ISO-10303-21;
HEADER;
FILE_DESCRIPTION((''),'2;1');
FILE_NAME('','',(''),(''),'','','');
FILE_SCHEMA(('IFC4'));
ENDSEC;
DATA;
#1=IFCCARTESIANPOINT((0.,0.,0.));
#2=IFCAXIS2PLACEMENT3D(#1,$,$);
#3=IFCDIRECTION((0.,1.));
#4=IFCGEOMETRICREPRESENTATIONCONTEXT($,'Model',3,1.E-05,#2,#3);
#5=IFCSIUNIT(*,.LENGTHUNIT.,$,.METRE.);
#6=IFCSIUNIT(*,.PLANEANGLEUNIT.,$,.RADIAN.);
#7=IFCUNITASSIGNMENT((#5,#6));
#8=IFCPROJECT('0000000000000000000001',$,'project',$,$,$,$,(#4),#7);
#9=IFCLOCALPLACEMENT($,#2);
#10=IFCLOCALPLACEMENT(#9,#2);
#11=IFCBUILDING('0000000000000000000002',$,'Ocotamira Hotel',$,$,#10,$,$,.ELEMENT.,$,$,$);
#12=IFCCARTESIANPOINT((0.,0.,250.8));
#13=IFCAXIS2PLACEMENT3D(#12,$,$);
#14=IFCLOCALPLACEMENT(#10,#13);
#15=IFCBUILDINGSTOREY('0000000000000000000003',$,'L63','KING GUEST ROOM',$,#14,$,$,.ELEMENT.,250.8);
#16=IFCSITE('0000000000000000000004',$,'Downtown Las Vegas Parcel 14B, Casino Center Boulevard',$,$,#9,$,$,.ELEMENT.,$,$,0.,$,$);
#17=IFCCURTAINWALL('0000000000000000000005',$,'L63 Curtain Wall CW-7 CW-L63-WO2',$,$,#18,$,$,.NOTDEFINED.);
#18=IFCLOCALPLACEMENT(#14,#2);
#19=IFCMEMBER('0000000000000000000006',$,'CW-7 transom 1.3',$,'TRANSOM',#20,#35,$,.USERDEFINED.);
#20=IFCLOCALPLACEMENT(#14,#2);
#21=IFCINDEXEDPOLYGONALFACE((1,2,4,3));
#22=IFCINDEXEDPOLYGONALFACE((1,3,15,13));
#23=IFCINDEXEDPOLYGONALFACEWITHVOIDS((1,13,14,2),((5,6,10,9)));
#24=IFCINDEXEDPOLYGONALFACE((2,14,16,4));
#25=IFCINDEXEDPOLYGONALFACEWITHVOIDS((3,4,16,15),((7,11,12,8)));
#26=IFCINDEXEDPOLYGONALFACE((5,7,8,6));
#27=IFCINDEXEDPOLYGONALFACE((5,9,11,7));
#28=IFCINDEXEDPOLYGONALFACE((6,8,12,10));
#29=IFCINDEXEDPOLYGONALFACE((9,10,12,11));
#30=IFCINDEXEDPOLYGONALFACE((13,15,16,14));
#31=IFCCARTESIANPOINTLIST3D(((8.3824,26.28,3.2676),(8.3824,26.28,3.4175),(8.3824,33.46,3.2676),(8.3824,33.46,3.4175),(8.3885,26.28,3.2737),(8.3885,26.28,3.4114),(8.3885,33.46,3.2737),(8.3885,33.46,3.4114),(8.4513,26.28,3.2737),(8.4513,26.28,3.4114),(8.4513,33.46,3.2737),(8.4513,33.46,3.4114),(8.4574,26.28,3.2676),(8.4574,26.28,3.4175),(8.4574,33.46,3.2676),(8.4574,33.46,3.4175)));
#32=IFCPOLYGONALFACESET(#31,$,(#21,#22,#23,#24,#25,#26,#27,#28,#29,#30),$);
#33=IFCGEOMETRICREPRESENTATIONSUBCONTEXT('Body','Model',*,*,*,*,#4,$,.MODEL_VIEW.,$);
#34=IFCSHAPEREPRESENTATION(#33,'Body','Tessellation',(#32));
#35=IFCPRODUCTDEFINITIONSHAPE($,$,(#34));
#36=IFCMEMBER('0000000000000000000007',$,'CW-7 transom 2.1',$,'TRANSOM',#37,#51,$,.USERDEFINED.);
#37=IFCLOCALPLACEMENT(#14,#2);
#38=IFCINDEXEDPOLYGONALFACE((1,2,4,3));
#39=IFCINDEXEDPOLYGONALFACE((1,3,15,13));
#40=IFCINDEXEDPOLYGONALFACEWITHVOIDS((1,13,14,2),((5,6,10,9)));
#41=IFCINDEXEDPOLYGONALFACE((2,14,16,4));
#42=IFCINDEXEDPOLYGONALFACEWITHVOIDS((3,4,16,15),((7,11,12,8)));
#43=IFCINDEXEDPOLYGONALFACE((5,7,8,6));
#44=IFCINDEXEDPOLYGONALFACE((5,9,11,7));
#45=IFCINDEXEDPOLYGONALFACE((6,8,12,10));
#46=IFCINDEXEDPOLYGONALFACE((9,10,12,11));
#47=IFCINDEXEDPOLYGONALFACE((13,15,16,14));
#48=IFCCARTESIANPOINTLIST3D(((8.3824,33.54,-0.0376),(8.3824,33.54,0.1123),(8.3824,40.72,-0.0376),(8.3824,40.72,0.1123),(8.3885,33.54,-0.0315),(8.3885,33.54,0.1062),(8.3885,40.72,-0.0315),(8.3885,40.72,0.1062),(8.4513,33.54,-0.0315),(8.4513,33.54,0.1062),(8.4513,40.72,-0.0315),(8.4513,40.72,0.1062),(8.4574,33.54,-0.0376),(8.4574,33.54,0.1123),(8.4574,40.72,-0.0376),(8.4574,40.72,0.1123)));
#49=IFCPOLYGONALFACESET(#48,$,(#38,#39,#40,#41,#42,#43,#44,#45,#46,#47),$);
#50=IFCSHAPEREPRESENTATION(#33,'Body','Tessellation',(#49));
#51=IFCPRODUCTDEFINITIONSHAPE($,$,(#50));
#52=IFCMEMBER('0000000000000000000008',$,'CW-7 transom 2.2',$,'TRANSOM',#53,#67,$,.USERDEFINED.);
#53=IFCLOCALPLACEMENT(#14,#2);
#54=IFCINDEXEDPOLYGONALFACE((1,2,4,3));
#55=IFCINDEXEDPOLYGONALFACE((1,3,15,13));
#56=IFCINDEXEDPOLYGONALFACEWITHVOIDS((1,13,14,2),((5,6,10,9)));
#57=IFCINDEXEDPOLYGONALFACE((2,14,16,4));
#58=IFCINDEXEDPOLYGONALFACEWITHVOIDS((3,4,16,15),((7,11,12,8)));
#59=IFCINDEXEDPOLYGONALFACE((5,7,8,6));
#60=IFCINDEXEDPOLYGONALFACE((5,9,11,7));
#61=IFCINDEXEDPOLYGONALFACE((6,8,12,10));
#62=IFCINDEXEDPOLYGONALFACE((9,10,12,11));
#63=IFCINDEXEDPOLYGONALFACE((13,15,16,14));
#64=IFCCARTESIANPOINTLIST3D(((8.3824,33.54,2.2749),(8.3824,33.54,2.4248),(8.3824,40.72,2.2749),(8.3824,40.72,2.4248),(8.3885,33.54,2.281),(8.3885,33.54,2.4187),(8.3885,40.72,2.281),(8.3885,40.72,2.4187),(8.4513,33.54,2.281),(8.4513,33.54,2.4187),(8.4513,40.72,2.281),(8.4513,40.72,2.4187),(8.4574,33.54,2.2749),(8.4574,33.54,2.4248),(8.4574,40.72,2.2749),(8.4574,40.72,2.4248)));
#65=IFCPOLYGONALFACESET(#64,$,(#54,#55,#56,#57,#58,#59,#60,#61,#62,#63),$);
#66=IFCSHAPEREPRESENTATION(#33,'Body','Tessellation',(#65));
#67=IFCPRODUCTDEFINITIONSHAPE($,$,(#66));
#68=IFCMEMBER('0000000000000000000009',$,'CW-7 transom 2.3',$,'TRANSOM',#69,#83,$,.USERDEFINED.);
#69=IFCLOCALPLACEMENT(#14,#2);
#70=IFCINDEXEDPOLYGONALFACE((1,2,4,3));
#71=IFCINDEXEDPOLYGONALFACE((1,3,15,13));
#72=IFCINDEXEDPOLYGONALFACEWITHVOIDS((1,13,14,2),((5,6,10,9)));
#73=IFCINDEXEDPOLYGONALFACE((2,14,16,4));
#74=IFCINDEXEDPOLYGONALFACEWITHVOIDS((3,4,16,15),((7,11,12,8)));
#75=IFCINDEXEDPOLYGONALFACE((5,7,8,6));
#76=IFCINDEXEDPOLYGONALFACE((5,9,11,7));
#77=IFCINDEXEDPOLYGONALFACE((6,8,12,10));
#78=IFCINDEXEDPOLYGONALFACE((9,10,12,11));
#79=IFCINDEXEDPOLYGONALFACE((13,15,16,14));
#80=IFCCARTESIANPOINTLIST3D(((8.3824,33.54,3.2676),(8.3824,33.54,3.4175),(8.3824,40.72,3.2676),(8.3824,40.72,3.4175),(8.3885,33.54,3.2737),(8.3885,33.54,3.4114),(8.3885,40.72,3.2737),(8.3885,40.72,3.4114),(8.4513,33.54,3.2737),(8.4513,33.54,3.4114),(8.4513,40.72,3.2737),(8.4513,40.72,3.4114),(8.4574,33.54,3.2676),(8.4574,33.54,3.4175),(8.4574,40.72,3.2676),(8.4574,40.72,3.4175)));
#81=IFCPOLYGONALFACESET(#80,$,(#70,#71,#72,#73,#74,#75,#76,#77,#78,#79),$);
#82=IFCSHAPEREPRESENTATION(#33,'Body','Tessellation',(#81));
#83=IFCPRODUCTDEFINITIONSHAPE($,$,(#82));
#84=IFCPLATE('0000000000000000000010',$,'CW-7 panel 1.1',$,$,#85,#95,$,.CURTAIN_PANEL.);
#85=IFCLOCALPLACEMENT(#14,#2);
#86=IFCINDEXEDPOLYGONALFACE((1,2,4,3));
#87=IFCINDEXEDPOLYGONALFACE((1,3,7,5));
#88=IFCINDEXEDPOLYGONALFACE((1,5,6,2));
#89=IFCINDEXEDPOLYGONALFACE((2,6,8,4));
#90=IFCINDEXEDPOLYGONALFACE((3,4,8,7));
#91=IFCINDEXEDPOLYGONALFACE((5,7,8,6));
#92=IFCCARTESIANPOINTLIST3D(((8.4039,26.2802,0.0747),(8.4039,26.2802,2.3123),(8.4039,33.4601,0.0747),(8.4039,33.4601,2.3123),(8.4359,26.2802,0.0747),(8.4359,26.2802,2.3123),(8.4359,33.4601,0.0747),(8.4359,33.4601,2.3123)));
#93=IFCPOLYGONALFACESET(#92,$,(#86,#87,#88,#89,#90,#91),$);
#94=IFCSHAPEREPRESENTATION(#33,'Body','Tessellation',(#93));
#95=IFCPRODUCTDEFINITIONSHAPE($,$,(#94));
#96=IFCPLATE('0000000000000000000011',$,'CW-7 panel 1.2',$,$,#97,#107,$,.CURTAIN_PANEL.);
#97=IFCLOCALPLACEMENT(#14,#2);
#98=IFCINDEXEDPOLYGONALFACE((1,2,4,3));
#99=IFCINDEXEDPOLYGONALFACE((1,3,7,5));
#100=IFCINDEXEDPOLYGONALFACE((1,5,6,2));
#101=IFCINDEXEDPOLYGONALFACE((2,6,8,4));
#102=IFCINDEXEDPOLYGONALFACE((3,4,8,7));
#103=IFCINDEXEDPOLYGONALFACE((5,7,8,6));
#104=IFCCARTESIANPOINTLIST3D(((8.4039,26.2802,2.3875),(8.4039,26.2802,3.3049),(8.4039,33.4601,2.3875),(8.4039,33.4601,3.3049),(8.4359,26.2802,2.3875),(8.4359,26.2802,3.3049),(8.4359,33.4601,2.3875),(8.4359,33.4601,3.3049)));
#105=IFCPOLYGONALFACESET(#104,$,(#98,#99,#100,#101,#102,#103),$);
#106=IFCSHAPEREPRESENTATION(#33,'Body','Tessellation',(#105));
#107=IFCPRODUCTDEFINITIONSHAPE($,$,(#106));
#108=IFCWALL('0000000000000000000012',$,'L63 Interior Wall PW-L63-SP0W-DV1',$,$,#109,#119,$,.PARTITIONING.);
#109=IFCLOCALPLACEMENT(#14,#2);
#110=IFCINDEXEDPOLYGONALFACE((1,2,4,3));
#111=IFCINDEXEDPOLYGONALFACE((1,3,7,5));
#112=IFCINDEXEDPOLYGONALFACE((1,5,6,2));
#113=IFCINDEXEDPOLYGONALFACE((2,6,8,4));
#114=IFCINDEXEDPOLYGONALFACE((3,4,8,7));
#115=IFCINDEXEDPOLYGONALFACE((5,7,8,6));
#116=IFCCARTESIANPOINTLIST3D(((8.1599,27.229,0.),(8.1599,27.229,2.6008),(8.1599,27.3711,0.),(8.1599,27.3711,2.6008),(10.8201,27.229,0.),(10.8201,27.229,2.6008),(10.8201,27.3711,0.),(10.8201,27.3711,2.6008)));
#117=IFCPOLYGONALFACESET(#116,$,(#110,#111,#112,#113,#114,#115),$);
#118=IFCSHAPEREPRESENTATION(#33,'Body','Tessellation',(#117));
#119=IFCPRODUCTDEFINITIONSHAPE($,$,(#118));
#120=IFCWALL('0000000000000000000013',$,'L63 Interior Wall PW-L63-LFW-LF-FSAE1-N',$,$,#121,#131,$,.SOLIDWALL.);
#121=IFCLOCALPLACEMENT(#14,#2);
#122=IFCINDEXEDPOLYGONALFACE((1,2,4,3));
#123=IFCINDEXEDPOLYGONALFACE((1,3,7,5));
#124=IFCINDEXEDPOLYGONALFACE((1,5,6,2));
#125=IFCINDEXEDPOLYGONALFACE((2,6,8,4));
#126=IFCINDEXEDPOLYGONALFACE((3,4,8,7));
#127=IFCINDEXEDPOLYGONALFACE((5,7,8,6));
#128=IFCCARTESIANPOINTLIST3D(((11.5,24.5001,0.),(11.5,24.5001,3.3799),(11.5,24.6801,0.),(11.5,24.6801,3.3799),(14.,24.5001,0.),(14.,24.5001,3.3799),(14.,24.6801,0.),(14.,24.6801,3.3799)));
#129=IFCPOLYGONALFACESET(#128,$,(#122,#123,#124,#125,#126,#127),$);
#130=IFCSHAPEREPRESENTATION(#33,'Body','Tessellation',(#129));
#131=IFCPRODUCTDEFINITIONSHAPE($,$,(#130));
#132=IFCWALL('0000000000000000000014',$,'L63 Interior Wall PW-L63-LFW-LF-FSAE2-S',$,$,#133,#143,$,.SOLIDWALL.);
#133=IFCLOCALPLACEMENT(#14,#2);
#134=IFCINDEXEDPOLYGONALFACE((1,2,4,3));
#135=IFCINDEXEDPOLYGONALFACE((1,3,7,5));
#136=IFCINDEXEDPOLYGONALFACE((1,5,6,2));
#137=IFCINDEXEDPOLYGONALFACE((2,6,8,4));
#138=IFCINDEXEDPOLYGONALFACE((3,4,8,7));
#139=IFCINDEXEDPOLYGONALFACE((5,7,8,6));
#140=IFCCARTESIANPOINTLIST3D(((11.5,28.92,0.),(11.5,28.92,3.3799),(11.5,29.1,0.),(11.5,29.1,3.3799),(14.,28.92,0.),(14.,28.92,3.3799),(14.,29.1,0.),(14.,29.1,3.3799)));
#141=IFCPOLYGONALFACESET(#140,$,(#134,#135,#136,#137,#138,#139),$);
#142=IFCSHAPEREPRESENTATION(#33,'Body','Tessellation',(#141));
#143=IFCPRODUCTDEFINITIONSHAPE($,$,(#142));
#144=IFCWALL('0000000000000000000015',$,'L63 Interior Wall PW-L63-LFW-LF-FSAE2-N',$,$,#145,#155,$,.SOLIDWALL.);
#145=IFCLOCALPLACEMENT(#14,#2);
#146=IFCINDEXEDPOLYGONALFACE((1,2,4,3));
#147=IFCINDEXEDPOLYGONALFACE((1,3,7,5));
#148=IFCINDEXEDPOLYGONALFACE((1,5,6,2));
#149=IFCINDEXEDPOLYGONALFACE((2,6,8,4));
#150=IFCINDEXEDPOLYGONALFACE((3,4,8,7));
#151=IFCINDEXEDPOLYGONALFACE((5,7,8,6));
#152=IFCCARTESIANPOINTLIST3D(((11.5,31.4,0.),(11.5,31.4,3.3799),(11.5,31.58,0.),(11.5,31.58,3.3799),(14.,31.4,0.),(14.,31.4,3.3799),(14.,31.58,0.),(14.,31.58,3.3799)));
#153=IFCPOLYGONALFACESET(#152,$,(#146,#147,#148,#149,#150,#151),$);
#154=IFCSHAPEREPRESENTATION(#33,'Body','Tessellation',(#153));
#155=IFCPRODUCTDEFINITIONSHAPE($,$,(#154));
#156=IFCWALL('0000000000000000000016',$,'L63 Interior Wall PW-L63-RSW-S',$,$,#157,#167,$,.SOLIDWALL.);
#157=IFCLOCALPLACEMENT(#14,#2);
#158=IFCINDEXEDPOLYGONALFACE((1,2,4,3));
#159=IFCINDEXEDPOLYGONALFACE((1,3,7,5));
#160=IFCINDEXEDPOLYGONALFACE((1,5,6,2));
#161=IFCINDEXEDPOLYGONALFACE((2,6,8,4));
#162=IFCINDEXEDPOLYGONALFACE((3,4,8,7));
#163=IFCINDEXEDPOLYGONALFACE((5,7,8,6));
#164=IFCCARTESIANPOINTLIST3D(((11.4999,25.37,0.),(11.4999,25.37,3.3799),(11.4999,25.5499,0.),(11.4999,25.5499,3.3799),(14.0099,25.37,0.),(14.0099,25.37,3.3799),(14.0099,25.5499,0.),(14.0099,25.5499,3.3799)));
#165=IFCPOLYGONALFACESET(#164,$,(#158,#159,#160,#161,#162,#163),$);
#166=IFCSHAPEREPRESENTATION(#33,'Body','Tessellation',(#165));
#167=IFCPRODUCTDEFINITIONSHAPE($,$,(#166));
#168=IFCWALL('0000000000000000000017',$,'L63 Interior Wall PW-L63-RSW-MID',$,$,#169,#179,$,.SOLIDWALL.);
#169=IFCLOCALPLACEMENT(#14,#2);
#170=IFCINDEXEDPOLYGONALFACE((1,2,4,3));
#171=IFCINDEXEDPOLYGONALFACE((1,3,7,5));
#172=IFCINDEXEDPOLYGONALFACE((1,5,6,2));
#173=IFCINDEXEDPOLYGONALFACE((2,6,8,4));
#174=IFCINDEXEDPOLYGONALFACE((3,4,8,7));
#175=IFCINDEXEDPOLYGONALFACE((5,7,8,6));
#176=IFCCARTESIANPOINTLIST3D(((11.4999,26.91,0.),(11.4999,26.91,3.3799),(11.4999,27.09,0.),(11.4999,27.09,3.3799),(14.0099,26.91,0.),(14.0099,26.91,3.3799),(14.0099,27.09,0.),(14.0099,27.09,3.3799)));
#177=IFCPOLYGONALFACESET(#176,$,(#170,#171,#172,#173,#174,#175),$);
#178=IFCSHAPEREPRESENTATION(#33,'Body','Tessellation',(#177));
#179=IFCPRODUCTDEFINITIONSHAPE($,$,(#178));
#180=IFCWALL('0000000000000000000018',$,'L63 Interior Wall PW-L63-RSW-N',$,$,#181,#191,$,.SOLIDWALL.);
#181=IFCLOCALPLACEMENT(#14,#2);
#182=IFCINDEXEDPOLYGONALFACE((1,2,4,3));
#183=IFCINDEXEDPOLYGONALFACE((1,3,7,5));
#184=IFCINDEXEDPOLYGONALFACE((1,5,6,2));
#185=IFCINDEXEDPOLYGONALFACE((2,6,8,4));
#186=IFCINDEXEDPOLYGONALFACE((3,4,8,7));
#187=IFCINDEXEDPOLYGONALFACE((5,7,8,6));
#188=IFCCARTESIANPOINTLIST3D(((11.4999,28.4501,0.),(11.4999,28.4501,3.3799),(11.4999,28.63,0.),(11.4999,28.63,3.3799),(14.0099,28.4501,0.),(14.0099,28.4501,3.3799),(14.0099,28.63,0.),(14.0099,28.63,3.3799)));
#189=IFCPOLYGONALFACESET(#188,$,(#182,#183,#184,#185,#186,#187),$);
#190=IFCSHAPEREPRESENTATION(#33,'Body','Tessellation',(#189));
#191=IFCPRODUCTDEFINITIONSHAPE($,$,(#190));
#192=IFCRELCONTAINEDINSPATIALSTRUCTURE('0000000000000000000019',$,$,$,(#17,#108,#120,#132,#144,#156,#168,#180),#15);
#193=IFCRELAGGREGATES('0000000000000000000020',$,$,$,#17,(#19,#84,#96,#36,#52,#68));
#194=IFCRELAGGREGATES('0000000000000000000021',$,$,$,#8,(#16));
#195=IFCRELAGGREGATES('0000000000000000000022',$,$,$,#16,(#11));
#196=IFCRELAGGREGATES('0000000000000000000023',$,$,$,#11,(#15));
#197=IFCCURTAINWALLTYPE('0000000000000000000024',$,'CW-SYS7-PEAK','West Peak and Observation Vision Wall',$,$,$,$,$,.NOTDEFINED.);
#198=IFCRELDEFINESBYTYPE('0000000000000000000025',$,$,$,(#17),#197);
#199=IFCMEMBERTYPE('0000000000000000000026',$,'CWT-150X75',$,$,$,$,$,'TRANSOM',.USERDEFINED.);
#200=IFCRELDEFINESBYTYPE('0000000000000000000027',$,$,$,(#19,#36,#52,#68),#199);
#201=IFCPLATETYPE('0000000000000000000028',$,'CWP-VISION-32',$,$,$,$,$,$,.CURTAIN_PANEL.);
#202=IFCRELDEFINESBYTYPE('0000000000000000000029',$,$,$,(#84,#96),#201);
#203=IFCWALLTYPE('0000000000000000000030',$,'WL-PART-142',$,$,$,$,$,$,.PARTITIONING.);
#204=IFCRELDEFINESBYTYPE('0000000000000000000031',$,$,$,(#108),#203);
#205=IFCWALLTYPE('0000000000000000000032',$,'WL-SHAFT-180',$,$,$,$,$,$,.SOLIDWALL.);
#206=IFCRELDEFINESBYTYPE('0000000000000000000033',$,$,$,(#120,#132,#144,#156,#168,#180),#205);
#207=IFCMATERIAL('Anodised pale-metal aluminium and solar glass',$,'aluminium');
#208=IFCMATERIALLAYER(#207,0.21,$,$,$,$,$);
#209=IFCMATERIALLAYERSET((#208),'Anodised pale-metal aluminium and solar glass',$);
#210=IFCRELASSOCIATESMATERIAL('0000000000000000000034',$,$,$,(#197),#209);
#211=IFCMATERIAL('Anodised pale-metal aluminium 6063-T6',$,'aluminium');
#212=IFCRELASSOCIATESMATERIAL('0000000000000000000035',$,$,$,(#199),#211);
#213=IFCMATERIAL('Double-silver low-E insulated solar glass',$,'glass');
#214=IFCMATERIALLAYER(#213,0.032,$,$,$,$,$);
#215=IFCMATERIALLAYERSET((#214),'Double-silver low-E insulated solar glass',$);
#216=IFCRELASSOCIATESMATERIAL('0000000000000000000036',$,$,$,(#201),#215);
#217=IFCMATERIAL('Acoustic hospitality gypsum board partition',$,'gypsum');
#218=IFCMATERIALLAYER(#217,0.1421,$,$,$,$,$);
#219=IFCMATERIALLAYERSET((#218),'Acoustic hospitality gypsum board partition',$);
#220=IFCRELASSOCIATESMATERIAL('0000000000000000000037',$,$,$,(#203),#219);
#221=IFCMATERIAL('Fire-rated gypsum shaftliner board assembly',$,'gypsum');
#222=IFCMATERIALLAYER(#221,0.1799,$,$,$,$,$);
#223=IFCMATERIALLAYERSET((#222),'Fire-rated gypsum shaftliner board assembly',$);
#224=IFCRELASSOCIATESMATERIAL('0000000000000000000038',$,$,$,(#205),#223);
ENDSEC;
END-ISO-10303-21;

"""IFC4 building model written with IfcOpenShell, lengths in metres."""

from ifc_helpers import new_model, si_unit, direction, frame, frame_2d, origin, origin_2d, place, context, subcontext, project, spatial, rectangle, hollow_rectangle, extrude, source, transform, mapped, material, layer, layer_set, material_profile, profile_set, type_object, element, aggregate, save


model = new_model("IFC4")

# Units and contexts
model_context = context("Model", 3, precision=1e-05, world=origin(), true_north=direction((0.0, 1.0)))
body_context = subcontext(model_context, "Body", "Model", "MODEL_VIEW")
ifc_project = project(units=[si_unit("LENGTHUNIT", "METRE"), si_unit("PLANEANGLEUNIT", "RADIAN")], contexts=[model_context])

# Site, building, storey
site_placement = place(None, origin())
site = spatial("IfcSite", under=ifc_project, at=site_placement, Name="Downtown Las Vegas Parcel 14B, Casino Center Boulevard", CompositionType="ELEMENT", RefElevation=0.0)
building_placement = place(site_placement, origin())
building = spatial("IfcBuilding", under=site, at=building_placement, Name="Ocotamira Hotel", CompositionType="ELEMENT")
storey_placement = place(building_placement, frame((0.0, 0.0, 250.8)))
storey = spatial("IfcBuildingStorey", under=building, at=storey_placement, Name="L63", Description="KING GUEST ROOM", CompositionType="ELEMENT", Elevation=250.8)

# Shared definitions
ifc_material_1 = material(Name="Anodised pale-metal aluminium and solar glass", Category="aluminium")
ifc_layer_1 = layer(ifc_material_1, 0.21)
ifc_layer_set_1 = layer_set([ifc_layer_1], Name="Anodised pale-metal aluminium and solar glass")
curtain_wall_type = type_object("IfcCurtainWallType", Name="CW-SYS7-PEAK", Description="West Peak and Observation Vision Wall", PredefinedType="NOTDEFINED", material=ifc_layer_set_1)
ifc_material_2 = material(Name="Anodised pale-metal aluminium 6063-T6", Category="aluminium")

# Curtain wall, members, plates
curtain_wall_1_placement = place(storey_placement, origin())
curtain_wall_1 = element("IfcCurtainWall", 1, at=curtain_wall_1_placement, inside=storey, type_object=curtain_wall_type, Name="L63 Curtain Wall CW-7 CW-L63-WO2", PredefinedType="NOTDEFINED")
ifc_material_profile_1 = material_profile(ifc_material_2, hollow_rectangle(XDim=0.075, YDim=0.1499, WallThickness=0.0061, at=origin_2d()), Name="HSS150X75X6")
ifc_profile_set_1 = profile_set([ifc_material_profile_1], Name="Anodised pale-metal aluminium 6063-T6")
member_type_1 = type_object("IfcMemberType", Name="CWT-150X75", ElementType="TRANSOM", PredefinedType="USERDEFINED", material=ifc_profile_set_1)
shared_shape_1 = source(origin(), body_context, "Body", "SweptSolid", [
    extrude(hollow_rectangle(XDim=0.075, YDim=0.1499, WallThickness=0.0061, at=origin_2d()), origin(), (0.0, 0.0, 1.0), 7.1799),
])
member_1_placement = place(storey_placement, frame((8.4199, 26.28, 3.3425), z_axis=(0.0, 1.0, 0.0), x_axis=(-1.0, 0.0, 0.0)))
member_1 = element("IfcMember", 2, at=member_1_placement, type_object=member_type_1, Name="CW-7 transom 1.3", ObjectType="TRANSOM", PredefinedType="USERDEFINED", context=body_context, shape_type="MappedRepresentation", body=[
    mapped(shared_shape_1, transform((0.0, 0.0, 0.0), scale=1.0)),
])
member_2_placement = place(storey_placement, frame((8.4199, 33.54, 0.0374), z_axis=(0.0, 1.0, 0.0), x_axis=(-1.0, 0.0, 0.0)))
member_2 = element("IfcMember", 3, at=member_2_placement, type_object=member_type_1, Name="CW-7 transom 2.1", ObjectType="TRANSOM", PredefinedType="USERDEFINED", context=body_context, shape_type="MappedRepresentation", body=[
    mapped(shared_shape_1, transform((0.0, 0.0, 0.0), scale=1.0)),
])
member_3_placement = place(storey_placement, frame((8.4199, 33.54, 2.3499), z_axis=(0.0, 1.0, 0.0), x_axis=(-1.0, 0.0, 0.0)))
member_3 = element("IfcMember", 4, at=member_3_placement, type_object=member_type_1, Name="CW-7 transom 2.2", ObjectType="TRANSOM", PredefinedType="USERDEFINED", context=body_context, shape_type="MappedRepresentation", body=[
    mapped(shared_shape_1, transform((0.0, 0.0, 0.0), scale=1.0)),
])
member_4_placement = place(storey_placement, frame((8.4199, 33.54, 3.3425), z_axis=(0.0, 1.0, 0.0), x_axis=(-1.0, 0.0, 0.0)))
member_4 = element("IfcMember", 5, at=member_4_placement, type_object=member_type_1, Name="CW-7 transom 2.3", ObjectType="TRANSOM", PredefinedType="USERDEFINED", context=body_context, shape_type="MappedRepresentation", body=[
    mapped(shared_shape_1, transform((0.0, 0.0, 0.0), scale=1.0)),
])
ifc_material_3 = material(Name="Double-silver low-E insulated solar glass", Category="glass")
ifc_layer_2 = layer(ifc_material_3, 0.032)
ifc_layer_set_2 = layer_set([ifc_layer_2], Name="Double-silver low-E insulated solar glass")
plate_type = type_object("IfcPlateType", Name="CWP-VISION-32", PredefinedType="CURTAIN_PANEL", material=ifc_layer_set_2)
shared_shape_2 = source(origin(), body_context, "Body", "SweptSolid", [
    extrude(rectangle(XDim=7.1799, YDim=0.032, at=origin_2d()), origin(), (0.0, 0.0, 1.0), 2.2375),
])
plate_1_placement = place(storey_placement, frame((8.4199, 29.8701, 0.0747), z_axis=(0.0, 0.0, 1.0), x_axis=(0.0, 1.0, 0.0)))
plate_1 = element("IfcPlate", 6, at=plate_1_placement, type_object=plate_type, Name="CW-7 panel 1.1", PredefinedType="CURTAIN_PANEL", context=body_context, shape_type="MappedRepresentation", body=[
    mapped(shared_shape_2, transform((0.0, 0.0, 0.0), scale=1.0)),
])
shared_shape_3 = source(origin(), body_context, "Body", "SweptSolid", [
    extrude(rectangle(XDim=7.1799, YDim=0.032, at=origin_2d()), origin(), (0.0, 0.0, 1.0), 0.9175),
])
plate_2_placement = place(storey_placement, frame((8.4199, 29.8701, 2.3875), z_axis=(0.0, 0.0, 1.0), x_axis=(0.0, 1.0, 0.0)))
plate_2 = element("IfcPlate", 7, at=plate_2_placement, type_object=plate_type, Name="CW-7 panel 1.2", PredefinedType="CURTAIN_PANEL", context=body_context, shape_type="MappedRepresentation", body=[
    mapped(shared_shape_3, transform((0.0, 0.0, 0.0), scale=1.0)),
])
aggregate(curtain_wall_1, [member_1, plate_1, plate_2, member_2, member_3, member_4])

# Walls
ifc_material_4 = material(Name="Acoustic hospitality gypsum board partition", Category="gypsum")
ifc_layer_3 = layer(ifc_material_4, 0.1421)
ifc_layer_set_3 = layer_set([ifc_layer_3], Name="Acoustic hospitality gypsum board partition")
wall_type_1 = type_object("IfcWallType", Name="WL-PART-142", PredefinedType="PARTITIONING", material=ifc_layer_set_3)
wall_1_placement = place(storey_placement, frame((8.1599, 27.3, 0.0), z_axis=(0.0, 0.0, 1.0), x_axis=(1.0, 0.0, 0.0)))
element("IfcWall", 8, at=wall_1_placement, inside=storey, type_object=wall_type_1, Name="L63 Interior Wall PW-L63-SP0W-DV1", PredefinedType="PARTITIONING", context=body_context, shape_type="SweptSolid", body=[
    extrude(rectangle(XDim=2.6602, YDim=0.1421, at=frame_2d((1.3301, 0.0))), origin(), (0.0, 0.0, 1.0), 2.6008),
])
ifc_material_5 = material(Name="Fire-rated gypsum shaftliner board assembly", Category="gypsum")
ifc_layer_4 = layer(ifc_material_5, 0.1799)
ifc_layer_set_4 = layer_set([ifc_layer_4], Name="Fire-rated gypsum shaftliner board assembly")
wall_type_2 = type_object("IfcWallType", Name="WL-SHAFT-180", PredefinedType="SOLIDWALL", material=ifc_layer_set_4)
for number, where, z_axis, x_axis, name in (
    (9, (11.5, 24.5901, 0.0), (0.0, 0.0, 1.0), (1.0, 0.0, 0.0), "L63 Interior Wall PW-L63-LFW-LF-FSAE1-N"),
    (10, (11.5, 29.01, 0.0), (0.0, 0.0, 1.0), (1.0, 0.0, 0.0), "L63 Interior Wall PW-L63-LFW-LF-FSAE2-S"),
    (11, (11.5, 31.49, 0.0), (0.0, 0.0, 1.0), (1.0, 0.0, 0.0), "L63 Interior Wall PW-L63-LFW-LF-FSAE2-N"),
):
    element("IfcWall", number, at=place(storey_placement, frame(where, z_axis=z_axis, x_axis=x_axis)), inside=storey, type_object=wall_type_2, Name=name, PredefinedType="SOLIDWALL", context=body_context, shape_type="SweptSolid", body=[
        extrude(rectangle(XDim=2.5, YDim=0.1799, at=frame_2d((1.25, 0.0))), origin(), (0.0, 0.0, 1.0), 3.3799),
    ])
for number, where, z_axis, x_axis, name in (
    (12, (11.5, 25.46, 0.0), (0.0, 0.0, 1.0), (1.0, 0.0, 0.0), "L63 Interior Wall PW-L63-RSW-S"),
    (13, (11.5, 27.0, 0.0), (0.0, 0.0, 1.0), (1.0, 0.0, 0.0), "L63 Interior Wall PW-L63-RSW-MID"),
    (14, (11.5, 28.54, 0.0), (0.0, 0.0, 1.0), (1.0, 0.0, 0.0), "L63 Interior Wall PW-L63-RSW-N"),
):
    element("IfcWall", number, at=place(storey_placement, frame(where, z_axis=z_axis, x_axis=x_axis)), inside=storey, type_object=wall_type_2, Name=name, PredefinedType="SOLIDWALL", context=body_context, shape_type="SweptSolid", body=[
        extrude(rectangle(XDim=2.51, YDim=0.1799, at=frame_2d((1.2549, 0.0))), origin(), (0.0, 0.0, 1.0), 3.3799),
    ])

save(model, "model.ifc")
